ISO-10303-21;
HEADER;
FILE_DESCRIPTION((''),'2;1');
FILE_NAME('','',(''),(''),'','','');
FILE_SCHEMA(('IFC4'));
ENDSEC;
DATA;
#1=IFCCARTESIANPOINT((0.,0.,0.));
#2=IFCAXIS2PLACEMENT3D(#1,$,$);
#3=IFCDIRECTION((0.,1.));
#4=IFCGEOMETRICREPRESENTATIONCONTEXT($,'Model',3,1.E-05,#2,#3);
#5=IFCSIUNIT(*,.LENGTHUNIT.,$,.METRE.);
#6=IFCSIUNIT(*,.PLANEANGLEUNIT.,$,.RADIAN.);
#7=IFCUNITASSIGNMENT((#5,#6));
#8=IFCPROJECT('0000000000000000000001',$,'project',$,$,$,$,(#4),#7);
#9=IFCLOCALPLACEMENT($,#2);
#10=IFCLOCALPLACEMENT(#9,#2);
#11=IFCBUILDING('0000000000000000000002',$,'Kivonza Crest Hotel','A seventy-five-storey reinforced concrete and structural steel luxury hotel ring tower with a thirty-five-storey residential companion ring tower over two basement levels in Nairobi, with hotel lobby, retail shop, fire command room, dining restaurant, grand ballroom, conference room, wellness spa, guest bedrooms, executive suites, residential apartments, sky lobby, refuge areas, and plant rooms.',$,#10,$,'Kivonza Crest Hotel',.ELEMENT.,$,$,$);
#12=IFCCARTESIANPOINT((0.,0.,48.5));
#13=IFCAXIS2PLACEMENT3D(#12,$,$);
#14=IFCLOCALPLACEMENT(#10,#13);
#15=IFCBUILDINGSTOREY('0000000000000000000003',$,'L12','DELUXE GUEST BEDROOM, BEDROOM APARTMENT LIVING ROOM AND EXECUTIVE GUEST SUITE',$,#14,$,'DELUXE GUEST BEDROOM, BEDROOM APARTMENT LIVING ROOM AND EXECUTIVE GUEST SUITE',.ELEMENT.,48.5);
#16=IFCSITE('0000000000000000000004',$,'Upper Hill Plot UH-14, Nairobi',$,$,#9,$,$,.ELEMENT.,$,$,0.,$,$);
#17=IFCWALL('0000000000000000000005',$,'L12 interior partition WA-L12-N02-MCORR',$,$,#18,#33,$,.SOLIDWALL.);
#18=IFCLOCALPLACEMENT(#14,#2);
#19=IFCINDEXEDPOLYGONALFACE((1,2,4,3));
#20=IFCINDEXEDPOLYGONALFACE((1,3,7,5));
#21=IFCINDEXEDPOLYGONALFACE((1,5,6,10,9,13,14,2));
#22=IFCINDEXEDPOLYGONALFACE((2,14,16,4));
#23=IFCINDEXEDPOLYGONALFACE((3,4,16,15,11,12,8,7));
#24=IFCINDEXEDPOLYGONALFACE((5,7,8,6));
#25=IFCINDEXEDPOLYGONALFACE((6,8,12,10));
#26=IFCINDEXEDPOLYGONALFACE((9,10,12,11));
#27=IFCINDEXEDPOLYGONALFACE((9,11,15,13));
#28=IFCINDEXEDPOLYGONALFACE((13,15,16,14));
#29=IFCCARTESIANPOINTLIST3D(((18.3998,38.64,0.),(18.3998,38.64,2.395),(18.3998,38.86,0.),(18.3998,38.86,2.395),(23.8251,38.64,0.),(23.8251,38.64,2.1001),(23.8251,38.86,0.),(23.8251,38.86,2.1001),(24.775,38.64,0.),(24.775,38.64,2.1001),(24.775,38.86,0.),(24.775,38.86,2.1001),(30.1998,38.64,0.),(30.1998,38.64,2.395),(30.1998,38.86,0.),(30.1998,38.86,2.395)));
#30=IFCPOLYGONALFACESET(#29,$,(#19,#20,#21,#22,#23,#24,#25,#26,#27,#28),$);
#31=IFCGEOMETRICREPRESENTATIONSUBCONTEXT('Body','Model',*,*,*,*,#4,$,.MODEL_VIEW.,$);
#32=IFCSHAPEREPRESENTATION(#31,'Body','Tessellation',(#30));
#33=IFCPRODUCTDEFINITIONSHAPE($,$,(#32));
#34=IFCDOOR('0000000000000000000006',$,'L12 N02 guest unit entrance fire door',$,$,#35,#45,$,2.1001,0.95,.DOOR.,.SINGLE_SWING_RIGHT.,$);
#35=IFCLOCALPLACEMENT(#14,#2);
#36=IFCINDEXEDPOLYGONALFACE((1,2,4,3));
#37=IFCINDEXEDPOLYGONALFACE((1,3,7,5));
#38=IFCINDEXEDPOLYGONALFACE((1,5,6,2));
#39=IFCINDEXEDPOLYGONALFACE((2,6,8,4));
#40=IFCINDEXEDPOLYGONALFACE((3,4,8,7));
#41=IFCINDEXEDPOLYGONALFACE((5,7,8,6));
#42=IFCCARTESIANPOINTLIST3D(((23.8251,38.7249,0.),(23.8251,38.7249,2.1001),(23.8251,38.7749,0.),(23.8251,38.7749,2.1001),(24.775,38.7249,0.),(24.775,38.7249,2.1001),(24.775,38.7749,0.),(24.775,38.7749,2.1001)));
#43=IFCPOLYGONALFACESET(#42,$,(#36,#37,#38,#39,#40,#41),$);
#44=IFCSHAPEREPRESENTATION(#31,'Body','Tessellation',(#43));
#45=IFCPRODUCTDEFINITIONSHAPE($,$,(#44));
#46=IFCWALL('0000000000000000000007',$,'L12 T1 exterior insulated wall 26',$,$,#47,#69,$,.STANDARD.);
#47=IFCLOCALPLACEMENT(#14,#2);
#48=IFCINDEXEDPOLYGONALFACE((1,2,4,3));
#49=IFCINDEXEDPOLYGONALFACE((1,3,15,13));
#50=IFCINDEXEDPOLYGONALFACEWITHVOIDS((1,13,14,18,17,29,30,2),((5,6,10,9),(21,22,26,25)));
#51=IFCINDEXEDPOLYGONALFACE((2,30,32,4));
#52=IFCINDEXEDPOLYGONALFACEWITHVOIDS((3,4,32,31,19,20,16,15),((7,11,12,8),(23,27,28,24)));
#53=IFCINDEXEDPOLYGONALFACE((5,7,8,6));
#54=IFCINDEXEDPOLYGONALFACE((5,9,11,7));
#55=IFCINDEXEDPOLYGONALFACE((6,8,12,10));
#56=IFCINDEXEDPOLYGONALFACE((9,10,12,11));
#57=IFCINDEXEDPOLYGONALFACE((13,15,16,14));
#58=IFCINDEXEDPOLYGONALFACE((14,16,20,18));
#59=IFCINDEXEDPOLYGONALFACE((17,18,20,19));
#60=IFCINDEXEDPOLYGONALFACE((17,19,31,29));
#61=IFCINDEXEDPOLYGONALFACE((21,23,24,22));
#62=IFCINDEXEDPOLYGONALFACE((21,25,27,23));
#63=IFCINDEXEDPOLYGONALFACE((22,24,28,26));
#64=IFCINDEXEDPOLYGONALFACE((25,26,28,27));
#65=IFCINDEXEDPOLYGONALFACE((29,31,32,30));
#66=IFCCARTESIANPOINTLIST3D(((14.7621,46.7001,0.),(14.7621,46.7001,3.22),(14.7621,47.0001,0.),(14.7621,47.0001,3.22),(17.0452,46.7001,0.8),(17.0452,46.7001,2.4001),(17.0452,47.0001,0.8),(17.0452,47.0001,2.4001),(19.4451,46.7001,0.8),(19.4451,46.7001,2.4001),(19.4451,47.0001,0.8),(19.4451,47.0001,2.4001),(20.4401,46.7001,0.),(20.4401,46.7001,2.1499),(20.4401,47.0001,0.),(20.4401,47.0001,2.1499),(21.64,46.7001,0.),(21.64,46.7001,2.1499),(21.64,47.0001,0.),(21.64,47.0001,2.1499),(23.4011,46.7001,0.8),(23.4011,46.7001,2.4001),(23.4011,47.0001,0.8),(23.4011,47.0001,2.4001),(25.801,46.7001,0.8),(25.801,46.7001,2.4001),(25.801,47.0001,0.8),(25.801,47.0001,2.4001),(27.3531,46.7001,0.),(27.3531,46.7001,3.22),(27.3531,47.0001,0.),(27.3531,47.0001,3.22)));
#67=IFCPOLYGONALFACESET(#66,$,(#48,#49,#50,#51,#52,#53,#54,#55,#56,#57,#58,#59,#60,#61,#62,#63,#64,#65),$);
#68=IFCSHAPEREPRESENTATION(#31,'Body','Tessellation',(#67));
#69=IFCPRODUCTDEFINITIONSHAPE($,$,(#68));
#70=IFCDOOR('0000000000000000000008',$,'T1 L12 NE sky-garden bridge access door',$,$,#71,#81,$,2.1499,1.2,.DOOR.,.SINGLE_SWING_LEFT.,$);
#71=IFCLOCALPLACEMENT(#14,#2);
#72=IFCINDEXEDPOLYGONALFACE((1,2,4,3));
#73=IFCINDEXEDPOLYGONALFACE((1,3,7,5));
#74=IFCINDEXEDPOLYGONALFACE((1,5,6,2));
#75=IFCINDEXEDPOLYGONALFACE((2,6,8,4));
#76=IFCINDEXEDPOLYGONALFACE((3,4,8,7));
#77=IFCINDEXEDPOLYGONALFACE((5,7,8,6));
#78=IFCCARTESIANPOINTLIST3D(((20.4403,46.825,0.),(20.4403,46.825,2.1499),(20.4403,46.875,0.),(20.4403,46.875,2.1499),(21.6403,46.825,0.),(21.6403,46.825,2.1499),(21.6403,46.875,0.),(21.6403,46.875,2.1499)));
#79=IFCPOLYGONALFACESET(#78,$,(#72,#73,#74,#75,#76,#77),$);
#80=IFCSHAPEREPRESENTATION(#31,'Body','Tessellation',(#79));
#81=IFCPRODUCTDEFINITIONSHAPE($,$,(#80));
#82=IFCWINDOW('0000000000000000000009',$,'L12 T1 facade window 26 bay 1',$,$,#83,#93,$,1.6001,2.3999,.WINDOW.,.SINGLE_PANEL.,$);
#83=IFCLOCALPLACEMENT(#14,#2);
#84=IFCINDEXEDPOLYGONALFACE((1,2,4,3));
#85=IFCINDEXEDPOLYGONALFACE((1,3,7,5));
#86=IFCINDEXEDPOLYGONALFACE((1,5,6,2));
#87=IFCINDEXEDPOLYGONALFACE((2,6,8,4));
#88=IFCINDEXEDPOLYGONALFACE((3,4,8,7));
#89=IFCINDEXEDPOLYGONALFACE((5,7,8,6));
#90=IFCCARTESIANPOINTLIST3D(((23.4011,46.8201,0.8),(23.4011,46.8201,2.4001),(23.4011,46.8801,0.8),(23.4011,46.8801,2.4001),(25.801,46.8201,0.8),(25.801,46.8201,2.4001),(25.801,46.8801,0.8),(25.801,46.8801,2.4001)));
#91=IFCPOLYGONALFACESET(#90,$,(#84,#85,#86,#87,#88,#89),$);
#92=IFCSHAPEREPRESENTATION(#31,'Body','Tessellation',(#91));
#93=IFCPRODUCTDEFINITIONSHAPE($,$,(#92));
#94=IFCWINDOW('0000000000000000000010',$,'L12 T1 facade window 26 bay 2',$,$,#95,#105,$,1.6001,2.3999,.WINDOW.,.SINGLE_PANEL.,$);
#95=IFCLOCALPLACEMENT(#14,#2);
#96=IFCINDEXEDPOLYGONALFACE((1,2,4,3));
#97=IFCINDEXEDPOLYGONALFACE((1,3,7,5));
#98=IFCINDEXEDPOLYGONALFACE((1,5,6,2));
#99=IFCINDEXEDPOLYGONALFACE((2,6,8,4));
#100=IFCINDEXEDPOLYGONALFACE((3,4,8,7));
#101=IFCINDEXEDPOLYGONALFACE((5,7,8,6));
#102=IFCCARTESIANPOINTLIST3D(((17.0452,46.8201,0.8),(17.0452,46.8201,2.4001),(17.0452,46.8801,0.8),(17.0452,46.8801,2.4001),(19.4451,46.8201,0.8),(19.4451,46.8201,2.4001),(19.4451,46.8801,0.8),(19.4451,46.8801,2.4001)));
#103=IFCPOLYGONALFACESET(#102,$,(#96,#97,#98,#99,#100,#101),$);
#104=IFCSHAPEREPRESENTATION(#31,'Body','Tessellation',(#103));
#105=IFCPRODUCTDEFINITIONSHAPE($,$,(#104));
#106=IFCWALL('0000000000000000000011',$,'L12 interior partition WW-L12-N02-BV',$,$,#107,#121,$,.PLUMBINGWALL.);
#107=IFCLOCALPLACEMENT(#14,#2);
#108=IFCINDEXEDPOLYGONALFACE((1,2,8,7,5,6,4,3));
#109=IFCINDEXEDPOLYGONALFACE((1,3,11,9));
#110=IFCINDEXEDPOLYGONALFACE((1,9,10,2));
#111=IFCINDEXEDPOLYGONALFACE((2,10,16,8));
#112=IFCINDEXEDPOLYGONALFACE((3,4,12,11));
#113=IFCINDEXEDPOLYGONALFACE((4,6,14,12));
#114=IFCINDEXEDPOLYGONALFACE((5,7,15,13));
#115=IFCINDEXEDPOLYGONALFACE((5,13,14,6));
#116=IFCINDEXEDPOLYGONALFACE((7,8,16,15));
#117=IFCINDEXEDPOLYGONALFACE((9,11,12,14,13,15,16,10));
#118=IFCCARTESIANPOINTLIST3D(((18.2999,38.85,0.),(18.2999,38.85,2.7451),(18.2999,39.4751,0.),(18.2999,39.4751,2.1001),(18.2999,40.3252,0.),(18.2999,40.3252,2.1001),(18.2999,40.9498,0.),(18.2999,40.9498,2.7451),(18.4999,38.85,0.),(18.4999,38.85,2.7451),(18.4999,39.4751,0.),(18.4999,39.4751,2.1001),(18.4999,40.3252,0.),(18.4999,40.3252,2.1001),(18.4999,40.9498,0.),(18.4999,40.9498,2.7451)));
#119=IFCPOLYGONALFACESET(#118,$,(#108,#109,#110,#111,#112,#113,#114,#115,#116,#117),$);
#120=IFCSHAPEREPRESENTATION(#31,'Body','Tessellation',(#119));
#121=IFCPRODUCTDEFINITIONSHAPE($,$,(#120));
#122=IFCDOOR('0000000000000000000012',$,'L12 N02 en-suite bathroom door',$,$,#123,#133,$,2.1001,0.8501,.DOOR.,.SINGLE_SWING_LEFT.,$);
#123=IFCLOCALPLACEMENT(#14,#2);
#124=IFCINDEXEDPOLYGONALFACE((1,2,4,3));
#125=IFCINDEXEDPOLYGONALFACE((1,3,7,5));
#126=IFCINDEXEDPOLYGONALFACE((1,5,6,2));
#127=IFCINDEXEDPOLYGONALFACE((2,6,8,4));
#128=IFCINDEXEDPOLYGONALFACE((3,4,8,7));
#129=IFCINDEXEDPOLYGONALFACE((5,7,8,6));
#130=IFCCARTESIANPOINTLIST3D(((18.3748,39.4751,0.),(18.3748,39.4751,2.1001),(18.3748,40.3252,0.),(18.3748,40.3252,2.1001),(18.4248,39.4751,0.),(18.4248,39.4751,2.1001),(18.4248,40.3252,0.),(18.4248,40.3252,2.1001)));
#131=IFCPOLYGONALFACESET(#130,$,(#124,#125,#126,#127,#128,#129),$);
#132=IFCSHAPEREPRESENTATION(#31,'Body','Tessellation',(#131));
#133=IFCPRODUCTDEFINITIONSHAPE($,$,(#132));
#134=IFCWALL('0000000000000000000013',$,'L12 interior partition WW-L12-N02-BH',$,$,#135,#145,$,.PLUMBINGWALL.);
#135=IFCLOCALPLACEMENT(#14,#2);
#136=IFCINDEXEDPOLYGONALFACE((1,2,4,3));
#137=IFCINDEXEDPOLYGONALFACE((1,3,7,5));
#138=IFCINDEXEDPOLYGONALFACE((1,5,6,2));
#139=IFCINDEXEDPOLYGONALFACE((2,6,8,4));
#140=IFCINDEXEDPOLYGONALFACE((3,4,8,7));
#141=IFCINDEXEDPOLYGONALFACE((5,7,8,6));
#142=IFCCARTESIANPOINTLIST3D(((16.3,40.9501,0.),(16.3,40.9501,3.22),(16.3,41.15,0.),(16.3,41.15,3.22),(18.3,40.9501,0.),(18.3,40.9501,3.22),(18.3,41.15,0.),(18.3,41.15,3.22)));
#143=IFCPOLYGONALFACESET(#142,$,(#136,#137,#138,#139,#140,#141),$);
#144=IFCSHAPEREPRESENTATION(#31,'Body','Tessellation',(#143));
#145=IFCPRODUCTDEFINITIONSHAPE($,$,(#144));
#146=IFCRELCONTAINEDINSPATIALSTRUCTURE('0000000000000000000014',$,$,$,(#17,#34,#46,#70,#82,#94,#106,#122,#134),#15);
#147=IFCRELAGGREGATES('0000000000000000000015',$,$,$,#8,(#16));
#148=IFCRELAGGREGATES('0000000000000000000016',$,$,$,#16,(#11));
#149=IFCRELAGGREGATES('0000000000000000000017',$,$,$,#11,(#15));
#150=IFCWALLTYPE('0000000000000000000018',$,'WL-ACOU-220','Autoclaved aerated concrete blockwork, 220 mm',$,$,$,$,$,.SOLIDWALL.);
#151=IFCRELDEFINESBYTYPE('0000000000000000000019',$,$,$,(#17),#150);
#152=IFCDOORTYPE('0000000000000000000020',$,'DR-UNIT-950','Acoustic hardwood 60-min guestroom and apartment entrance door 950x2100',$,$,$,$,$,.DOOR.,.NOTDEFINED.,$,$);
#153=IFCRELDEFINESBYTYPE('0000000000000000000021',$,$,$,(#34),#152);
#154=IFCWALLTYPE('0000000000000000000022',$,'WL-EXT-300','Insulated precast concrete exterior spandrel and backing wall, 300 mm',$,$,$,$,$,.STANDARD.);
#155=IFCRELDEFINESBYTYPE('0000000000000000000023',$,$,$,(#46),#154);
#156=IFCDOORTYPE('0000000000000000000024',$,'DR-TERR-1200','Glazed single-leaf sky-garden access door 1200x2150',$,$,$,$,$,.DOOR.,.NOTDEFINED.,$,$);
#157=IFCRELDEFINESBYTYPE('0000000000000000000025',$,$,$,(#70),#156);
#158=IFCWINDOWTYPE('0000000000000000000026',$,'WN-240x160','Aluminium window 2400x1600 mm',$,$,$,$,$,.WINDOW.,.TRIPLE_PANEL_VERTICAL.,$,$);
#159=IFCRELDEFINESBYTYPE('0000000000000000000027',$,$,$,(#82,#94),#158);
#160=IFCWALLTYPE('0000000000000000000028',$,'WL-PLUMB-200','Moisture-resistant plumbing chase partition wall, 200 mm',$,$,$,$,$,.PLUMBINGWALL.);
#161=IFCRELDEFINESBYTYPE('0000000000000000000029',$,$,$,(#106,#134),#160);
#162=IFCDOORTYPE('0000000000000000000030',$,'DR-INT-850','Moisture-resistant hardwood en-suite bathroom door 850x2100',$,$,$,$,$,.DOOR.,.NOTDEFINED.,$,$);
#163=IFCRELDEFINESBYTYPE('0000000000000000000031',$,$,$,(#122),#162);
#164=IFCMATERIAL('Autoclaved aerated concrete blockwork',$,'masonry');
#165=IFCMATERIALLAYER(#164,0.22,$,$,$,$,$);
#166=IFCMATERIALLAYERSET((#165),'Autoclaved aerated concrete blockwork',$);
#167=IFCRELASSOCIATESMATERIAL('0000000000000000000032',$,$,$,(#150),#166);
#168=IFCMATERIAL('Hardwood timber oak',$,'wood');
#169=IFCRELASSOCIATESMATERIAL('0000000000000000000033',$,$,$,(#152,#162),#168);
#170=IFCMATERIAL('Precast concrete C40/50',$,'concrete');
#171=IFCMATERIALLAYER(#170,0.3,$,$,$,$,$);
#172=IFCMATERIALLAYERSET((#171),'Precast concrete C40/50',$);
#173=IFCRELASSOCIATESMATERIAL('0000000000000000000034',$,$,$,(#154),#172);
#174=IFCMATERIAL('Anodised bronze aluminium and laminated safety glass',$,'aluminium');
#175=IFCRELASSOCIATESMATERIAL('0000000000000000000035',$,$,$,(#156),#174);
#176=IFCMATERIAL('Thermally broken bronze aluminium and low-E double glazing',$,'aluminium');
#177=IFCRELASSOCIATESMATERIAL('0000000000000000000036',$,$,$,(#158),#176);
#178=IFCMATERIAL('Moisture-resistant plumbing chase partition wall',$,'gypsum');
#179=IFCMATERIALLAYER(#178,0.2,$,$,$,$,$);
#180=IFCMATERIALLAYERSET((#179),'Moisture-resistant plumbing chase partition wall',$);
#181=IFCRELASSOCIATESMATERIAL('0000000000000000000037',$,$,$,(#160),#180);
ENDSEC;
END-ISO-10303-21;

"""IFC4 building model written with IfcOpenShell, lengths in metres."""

from ifc_helpers import new_model, si_unit, direction, frame, frame_2d, origin, place, context, subcontext, project, spatial, rectangle, extrude, material, layer, layer_set, type_object, element, fill, save


model = new_model("IFC4")

# Units and contexts
model_context = context("Model", 3, precision=1e-05, world=origin(), true_north=direction((0.0, 1.0)))
body_context = subcontext(model_context, "Body", "Model", "MODEL_VIEW")
ifc_project = project(units=[si_unit("LENGTHUNIT", "METRE"), si_unit("PLANEANGLEUNIT", "RADIAN")], contexts=[model_context])

# Site, building, storey
site_placement = place(None, origin())
site = spatial("IfcSite", under=ifc_project, at=site_placement, Name="Upper Hill Plot UH-14, Nairobi", CompositionType="ELEMENT", RefElevation=0.0)
building_placement = place(site_placement, origin())
building = spatial("IfcBuilding", under=site, at=building_placement, Name="Kivonza Crest Hotel", Description="A seventy-five-storey reinforced concrete and structural steel luxury hotel ring tower with a thirty-five-storey residential companion ring tower over two basement levels in Nairobi, with hotel lobby, retail shop, fire command room, dining restaurant, grand ballroom, conference room, wellness spa, guest bedrooms, executive suites, residential apartments, sky lobby, refuge areas, and plant rooms.", LongName="Kivonza Crest Hotel", CompositionType="ELEMENT")
storey_placement = place(building_placement, frame((0.0, 0.0, 48.5)))
storey = spatial("IfcBuildingStorey", under=building, at=storey_placement, Name="L12", Description="DELUXE GUEST BEDROOM, BEDROOM APARTMENT LIVING ROOM AND EXECUTIVE GUEST SUITE", LongName="DELUXE GUEST BEDROOM, BEDROOM APARTMENT LIVING ROOM AND EXECUTIVE GUEST SUITE", CompositionType="ELEMENT", Elevation=48.5)

# Wall, opening, door
ifc_material_1 = material(Name="Autoclaved aerated concrete blockwork", Category="masonry")
ifc_layer_1 = layer(ifc_material_1, 0.22)
ifc_layer_set_1 = layer_set([ifc_layer_1], Name="Autoclaved aerated concrete blockwork")
wall_type_1 = type_object("IfcWallType", Name="WL-ACOU-220", Description="Autoclaved aerated concrete blockwork, 220 mm", PredefinedType="SOLIDWALL", material=ifc_layer_set_1)
wall_1_placement = place(storey_placement, frame((18.3999, 38.75, 0.0), z_axis=(0.0, 0.0, 1.0), x_axis=(1.0, 0.0, 0.0)))
wall_1 = element("IfcWall", 1, at=wall_1_placement, inside=storey, type_object=wall_type_1, Name="L12 interior partition WA-L12-N02-MCORR", PredefinedType="SOLIDWALL", context=body_context, shape_type="SweptSolid", body=[
    extrude(rectangle(XDim=11.8, YDim=0.22, at=frame_2d((5.8999, 0.0))), origin(), (0.0, 0.0, 1.0), 2.395),
])
opening_1_placement = place(wall_1_placement, frame((5.425, 0.0, 0.0)))
opening_1 = element("IfcOpeningElement", 2, at=opening_1_placement, cuts=wall_1, PredefinedType="OPENING", context=body_context, shape_type="SweptSolid", body=[
    extrude(rectangle(XDim=0.95, YDim=2.1001, at=frame_2d((0.4751, 1.05))), frame((0.0, 0.1201, 0.0), z_axis=(0.0, -1.0, 0.0), x_axis=(1.0, 0.0, 0.0)), (0.0, 0.0, 1.0), 0.24),
])
ifc_material_2 = material(Name="Hardwood timber oak", Category="wood")
door_type_1 = type_object("IfcDoorType", Name="DR-UNIT-950", Description="Acoustic hardwood 60-min guestroom and apartment entrance door 950x2100", OperationType="NOTDEFINED", PredefinedType="DOOR", material=ifc_material_2)
door_1_placement = place(opening_1_placement, origin())
door_1 = element("IfcDoor", 3, at=door_1_placement, inside=storey, type_object=door_type_1, Name="L12 N02 guest unit entrance fire door", OperationType="SINGLE_SWING_RIGHT", OverallHeight=2.1001, OverallWidth=0.95, PredefinedType="DOOR", context=body_context, shape_type="SweptSolid", body=[
    extrude(rectangle(XDim=0.95, YDim=2.1001, at=frame_2d((0.4751, 1.05))), frame((0.0, 0.0249, 0.0), z_axis=(0.0, -1.0, 0.0), x_axis=(1.0, 0.0, 0.0)), (0.0, 0.0, 1.0), 0.05),
])
fill(opening_1, door_1)

# Wall, openings, door, windows
ifc_material_3 = material(Name="Precast concrete C40/50", Category="concrete")
ifc_layer_2 = layer(ifc_material_3, 0.3)
ifc_layer_set_2 = layer_set([ifc_layer_2], Name="Precast concrete C40/50")
wall_type_2 = type_object("IfcWallType", Name="WL-EXT-300", Description="Insulated precast concrete exterior spandrel and backing wall, 300 mm", PredefinedType="STANDARD", material=ifc_layer_set_2)
wall_2_placement = place(storey_placement, frame((27.353, 46.8501, 0.0), z_axis=(0.0, 0.0, 1.0), x_axis=(-1.0, 0.0, 0.0)))
wall_2 = element("IfcWall", 4, at=wall_2_placement, inside=storey, type_object=wall_type_2, Name="L12 T1 exterior insulated wall 26", PredefinedType="STANDARD", context=body_context, shape_type="SweptSolid", body=[
    extrude(rectangle(XDim=12.5911, YDim=0.3, at=frame_2d((6.2954, 0.0))), origin(), (0.0, 0.0, 1.0), 3.22),
])
opening_2_placement = place(wall_2_placement, frame((5.7129, 0.0, 0.0)))
opening_2 = element("IfcOpeningElement", 5, at=opening_2_placement, cuts=wall_2, PredefinedType="OPENING", context=body_context, shape_type="SweptSolid", body=[
    extrude(rectangle(XDim=1.2, YDim=2.1499, at=frame_2d((0.6001, 1.075))), frame((0.0, 0.1602, 0.0), z_axis=(0.0, -1.0, 0.0), x_axis=(1.0, 0.0, 0.0)), (0.0, 0.0, 1.0), 0.3201),
])
opening_3_placement = place(wall_2_placement, frame((1.552, 0.0, 0.8)))
opening_3 = element("IfcOpeningElement", 6, at=opening_3_placement, cuts=wall_2, PredefinedType="OPENING", context=body_context, shape_type="SweptSolid", body=[
    extrude(rectangle(XDim=2.3999, YDim=1.6001, at=frame_2d((1.2, 0.8))), frame((0.0, 0.1602, 0.0), z_axis=(0.0, -1.0, 0.0), x_axis=(1.0, 0.0, 0.0)), (0.0, 0.0, 1.0), 0.3201),
])
opening_4_placement = place(wall_2_placement, frame((7.908, 0.0, 0.8)))
opening_4 = element("IfcOpeningElement", 7, at=opening_4_placement, cuts=wall_2, PredefinedType="OPENING", context=body_context, shape_type="SweptSolid", body=[
    extrude(rectangle(XDim=2.3999, YDim=1.6001, at=frame_2d((1.2, 0.8))), frame((0.0, 0.1602, 0.0), z_axis=(0.0, -1.0, 0.0), x_axis=(1.0, 0.0, 0.0)), (0.0, 0.0, 1.0), 0.3201),
])
ifc_material_4 = material(Name="Anodised bronze aluminium and laminated safety glass", Category="aluminium")
door_type_2 = type_object("IfcDoorType", Name="DR-TERR-1200", Description="Glazed single-leaf sky-garden access door 1200x2150", OperationType="NOTDEFINED", PredefinedType="DOOR", material=ifc_material_4)
door_2_placement = place(opening_2_placement, frame((1.2, 0.0, 0.0), z_axis=(0.0, 0.0, 1.0), x_axis=(-1.0, 0.0, 0.0)))
door_2 = element("IfcDoor", 8, at=door_2_placement, inside=storey, type_object=door_type_2, Name="T1 L12 NE sky-garden bridge access door", OperationType="SINGLE_SWING_LEFT", OverallHeight=2.1499, OverallWidth=1.2, PredefinedType="DOOR", context=body_context, shape_type="SweptSolid", body=[
    extrude(rectangle(XDim=1.2, YDim=2.1499, at=frame_2d((0.6001, 1.075))), frame((0.0, 0.0249, 0.0), z_axis=(0.0, -1.0, 0.0), x_axis=(1.0, 0.0, 0.0)), (0.0, 0.0, 1.0), 0.05),
])
fill(opening_2, door_2)
ifc_material_5 = material(Name="Thermally broken bronze aluminium and low-E double glazing", Category="aluminium")
window_type = type_object("IfcWindowType", Name="WN-240x160", Description="Aluminium window 2400x1600 mm", PartitioningType="TRIPLE_PANEL_VERTICAL", PredefinedType="WINDOW", material=ifc_material_5)
window_1_placement = place(opening_3_placement, origin())
window_1 = element("IfcWindow", 9, at=window_1_placement, inside=storey, type_object=window_type, Name="L12 T1 facade window 26 bay 1", OverallHeight=1.6001, OverallWidth=2.3999, PartitioningType="SINGLE_PANEL", PredefinedType="WINDOW", context=body_context, shape_type="SweptSolid", body=[
    extrude(rectangle(XDim=2.3999, YDim=1.6001, at=frame_2d((1.2, 0.8))), frame((0.0, 0.03, 0.0), z_axis=(0.0, -1.0, 0.0), x_axis=(1.0, 0.0, 0.0)), (0.0, 0.0, 1.0), 0.0601),
])
fill(opening_3, window_1)
window_2_placement = place(opening_4_placement, origin())
window_2 = element("IfcWindow", 10, at=window_2_placement, inside=storey, type_object=window_type, Name="L12 T1 facade window 26 bay 2", OverallHeight=1.6001, OverallWidth=2.3999, PartitioningType="SINGLE_PANEL", PredefinedType="WINDOW", context=body_context, shape_type="SweptSolid", body=[
    extrude(rectangle(XDim=2.3999, YDim=1.6001, at=frame_2d((1.2, 0.8))), frame((0.0, 0.03, 0.0), z_axis=(0.0, -1.0, 0.0), x_axis=(1.0, 0.0, 0.0)), (0.0, 0.0, 1.0), 0.0601),
])
fill(opening_4, window_2)

# Wall, opening, door
ifc_material_6 = material(Name="Moisture-resistant plumbing chase partition wall", Category="gypsum")
ifc_layer_3 = layer(ifc_material_6, 0.2)
ifc_layer_set_3 = layer_set([ifc_layer_3], Name="Moisture-resistant plumbing chase partition wall")
wall_type_3 = type_object("IfcWallType", Name="WL-PLUMB-200", Description="Moisture-resistant plumbing chase partition wall, 200 mm", PredefinedType="PLUMBINGWALL", material=ifc_layer_set_3)
wall_3_placement = place(storey_placement, frame((18.3999, 38.8501, 0.0), z_axis=(0.0, 0.0, 1.0), x_axis=(0.0, 1.0, 0.0)))
wall_3 = element("IfcWall", 11, at=wall_3_placement, inside=storey, type_object=wall_type_3, Name="L12 interior partition WW-L12-N02-BV", PredefinedType="PLUMBINGWALL", context=body_context, shape_type="SweptSolid", body=[
    extrude(rectangle(XDim=2.0999, YDim=0.2, at=frame_2d((1.0498, 0.0))), origin(), (0.0, 0.0, 1.0), 2.7451),
])
opening_5_placement = place(wall_3_placement, frame((0.625, 0.0, 0.0)))
opening_5 = element("IfcOpeningElement", 12, at=opening_5_placement, cuts=wall_3, PredefinedType="OPENING", context=body_context, shape_type="SweptSolid", body=[
    extrude(rectangle(XDim=0.8501, YDim=2.1001, at=frame_2d((0.425, 1.05))), frame((0.0, 0.1099, 0.0), z_axis=(0.0, -1.0, 0.0), x_axis=(1.0, 0.0, 0.0)), (0.0, 0.0, 1.0), 0.22),
])
door_type_3 = type_object("IfcDoorType", Name="DR-INT-850", Description="Moisture-resistant hardwood en-suite bathroom door 850x2100", OperationType="NOTDEFINED", PredefinedType="DOOR", material=ifc_material_2)
door_3_placement = place(opening_5_placement, frame((0.8501, 0.0, 0.0), z_axis=(0.0, 0.0, 1.0), x_axis=(-1.0, 0.0, 0.0)))
door_3 = element("IfcDoor", 13, at=door_3_placement, inside=storey, type_object=door_type_3, Name="L12 N02 en-suite bathroom door", OperationType="SINGLE_SWING_LEFT", OverallHeight=2.1001, OverallWidth=0.8501, PredefinedType="DOOR", context=body_context, shape_type="SweptSolid", body=[
    extrude(rectangle(XDim=0.8501, YDim=2.1001, at=frame_2d((0.425, 1.05))), frame((0.0, 0.0249, 0.0), z_axis=(0.0, -1.0, 0.0), x_axis=(1.0, 0.0, 0.0)), (0.0, 0.0, 1.0), 0.05),
])
fill(opening_5, door_3)

# Wall
wall_4_placement = place(storey_placement, frame((16.3, 41.05, 0.0), z_axis=(0.0, 0.0, 1.0), x_axis=(1.0, 0.0, 0.0)))
element("IfcWall", 14, at=wall_4_placement, inside=storey, type_object=wall_type_3, Name="L12 interior partition WW-L12-N02-BH", PredefinedType="PLUMBINGWALL", context=body_context, shape_type="SweptSolid", body=[
    extrude(rectangle(XDim=2.0, YDim=0.2, at=frame_2d((1.0, 0.0))), origin(), (0.0, 0.0, 1.0), 3.22),
])

save(model, "model.ifc")
